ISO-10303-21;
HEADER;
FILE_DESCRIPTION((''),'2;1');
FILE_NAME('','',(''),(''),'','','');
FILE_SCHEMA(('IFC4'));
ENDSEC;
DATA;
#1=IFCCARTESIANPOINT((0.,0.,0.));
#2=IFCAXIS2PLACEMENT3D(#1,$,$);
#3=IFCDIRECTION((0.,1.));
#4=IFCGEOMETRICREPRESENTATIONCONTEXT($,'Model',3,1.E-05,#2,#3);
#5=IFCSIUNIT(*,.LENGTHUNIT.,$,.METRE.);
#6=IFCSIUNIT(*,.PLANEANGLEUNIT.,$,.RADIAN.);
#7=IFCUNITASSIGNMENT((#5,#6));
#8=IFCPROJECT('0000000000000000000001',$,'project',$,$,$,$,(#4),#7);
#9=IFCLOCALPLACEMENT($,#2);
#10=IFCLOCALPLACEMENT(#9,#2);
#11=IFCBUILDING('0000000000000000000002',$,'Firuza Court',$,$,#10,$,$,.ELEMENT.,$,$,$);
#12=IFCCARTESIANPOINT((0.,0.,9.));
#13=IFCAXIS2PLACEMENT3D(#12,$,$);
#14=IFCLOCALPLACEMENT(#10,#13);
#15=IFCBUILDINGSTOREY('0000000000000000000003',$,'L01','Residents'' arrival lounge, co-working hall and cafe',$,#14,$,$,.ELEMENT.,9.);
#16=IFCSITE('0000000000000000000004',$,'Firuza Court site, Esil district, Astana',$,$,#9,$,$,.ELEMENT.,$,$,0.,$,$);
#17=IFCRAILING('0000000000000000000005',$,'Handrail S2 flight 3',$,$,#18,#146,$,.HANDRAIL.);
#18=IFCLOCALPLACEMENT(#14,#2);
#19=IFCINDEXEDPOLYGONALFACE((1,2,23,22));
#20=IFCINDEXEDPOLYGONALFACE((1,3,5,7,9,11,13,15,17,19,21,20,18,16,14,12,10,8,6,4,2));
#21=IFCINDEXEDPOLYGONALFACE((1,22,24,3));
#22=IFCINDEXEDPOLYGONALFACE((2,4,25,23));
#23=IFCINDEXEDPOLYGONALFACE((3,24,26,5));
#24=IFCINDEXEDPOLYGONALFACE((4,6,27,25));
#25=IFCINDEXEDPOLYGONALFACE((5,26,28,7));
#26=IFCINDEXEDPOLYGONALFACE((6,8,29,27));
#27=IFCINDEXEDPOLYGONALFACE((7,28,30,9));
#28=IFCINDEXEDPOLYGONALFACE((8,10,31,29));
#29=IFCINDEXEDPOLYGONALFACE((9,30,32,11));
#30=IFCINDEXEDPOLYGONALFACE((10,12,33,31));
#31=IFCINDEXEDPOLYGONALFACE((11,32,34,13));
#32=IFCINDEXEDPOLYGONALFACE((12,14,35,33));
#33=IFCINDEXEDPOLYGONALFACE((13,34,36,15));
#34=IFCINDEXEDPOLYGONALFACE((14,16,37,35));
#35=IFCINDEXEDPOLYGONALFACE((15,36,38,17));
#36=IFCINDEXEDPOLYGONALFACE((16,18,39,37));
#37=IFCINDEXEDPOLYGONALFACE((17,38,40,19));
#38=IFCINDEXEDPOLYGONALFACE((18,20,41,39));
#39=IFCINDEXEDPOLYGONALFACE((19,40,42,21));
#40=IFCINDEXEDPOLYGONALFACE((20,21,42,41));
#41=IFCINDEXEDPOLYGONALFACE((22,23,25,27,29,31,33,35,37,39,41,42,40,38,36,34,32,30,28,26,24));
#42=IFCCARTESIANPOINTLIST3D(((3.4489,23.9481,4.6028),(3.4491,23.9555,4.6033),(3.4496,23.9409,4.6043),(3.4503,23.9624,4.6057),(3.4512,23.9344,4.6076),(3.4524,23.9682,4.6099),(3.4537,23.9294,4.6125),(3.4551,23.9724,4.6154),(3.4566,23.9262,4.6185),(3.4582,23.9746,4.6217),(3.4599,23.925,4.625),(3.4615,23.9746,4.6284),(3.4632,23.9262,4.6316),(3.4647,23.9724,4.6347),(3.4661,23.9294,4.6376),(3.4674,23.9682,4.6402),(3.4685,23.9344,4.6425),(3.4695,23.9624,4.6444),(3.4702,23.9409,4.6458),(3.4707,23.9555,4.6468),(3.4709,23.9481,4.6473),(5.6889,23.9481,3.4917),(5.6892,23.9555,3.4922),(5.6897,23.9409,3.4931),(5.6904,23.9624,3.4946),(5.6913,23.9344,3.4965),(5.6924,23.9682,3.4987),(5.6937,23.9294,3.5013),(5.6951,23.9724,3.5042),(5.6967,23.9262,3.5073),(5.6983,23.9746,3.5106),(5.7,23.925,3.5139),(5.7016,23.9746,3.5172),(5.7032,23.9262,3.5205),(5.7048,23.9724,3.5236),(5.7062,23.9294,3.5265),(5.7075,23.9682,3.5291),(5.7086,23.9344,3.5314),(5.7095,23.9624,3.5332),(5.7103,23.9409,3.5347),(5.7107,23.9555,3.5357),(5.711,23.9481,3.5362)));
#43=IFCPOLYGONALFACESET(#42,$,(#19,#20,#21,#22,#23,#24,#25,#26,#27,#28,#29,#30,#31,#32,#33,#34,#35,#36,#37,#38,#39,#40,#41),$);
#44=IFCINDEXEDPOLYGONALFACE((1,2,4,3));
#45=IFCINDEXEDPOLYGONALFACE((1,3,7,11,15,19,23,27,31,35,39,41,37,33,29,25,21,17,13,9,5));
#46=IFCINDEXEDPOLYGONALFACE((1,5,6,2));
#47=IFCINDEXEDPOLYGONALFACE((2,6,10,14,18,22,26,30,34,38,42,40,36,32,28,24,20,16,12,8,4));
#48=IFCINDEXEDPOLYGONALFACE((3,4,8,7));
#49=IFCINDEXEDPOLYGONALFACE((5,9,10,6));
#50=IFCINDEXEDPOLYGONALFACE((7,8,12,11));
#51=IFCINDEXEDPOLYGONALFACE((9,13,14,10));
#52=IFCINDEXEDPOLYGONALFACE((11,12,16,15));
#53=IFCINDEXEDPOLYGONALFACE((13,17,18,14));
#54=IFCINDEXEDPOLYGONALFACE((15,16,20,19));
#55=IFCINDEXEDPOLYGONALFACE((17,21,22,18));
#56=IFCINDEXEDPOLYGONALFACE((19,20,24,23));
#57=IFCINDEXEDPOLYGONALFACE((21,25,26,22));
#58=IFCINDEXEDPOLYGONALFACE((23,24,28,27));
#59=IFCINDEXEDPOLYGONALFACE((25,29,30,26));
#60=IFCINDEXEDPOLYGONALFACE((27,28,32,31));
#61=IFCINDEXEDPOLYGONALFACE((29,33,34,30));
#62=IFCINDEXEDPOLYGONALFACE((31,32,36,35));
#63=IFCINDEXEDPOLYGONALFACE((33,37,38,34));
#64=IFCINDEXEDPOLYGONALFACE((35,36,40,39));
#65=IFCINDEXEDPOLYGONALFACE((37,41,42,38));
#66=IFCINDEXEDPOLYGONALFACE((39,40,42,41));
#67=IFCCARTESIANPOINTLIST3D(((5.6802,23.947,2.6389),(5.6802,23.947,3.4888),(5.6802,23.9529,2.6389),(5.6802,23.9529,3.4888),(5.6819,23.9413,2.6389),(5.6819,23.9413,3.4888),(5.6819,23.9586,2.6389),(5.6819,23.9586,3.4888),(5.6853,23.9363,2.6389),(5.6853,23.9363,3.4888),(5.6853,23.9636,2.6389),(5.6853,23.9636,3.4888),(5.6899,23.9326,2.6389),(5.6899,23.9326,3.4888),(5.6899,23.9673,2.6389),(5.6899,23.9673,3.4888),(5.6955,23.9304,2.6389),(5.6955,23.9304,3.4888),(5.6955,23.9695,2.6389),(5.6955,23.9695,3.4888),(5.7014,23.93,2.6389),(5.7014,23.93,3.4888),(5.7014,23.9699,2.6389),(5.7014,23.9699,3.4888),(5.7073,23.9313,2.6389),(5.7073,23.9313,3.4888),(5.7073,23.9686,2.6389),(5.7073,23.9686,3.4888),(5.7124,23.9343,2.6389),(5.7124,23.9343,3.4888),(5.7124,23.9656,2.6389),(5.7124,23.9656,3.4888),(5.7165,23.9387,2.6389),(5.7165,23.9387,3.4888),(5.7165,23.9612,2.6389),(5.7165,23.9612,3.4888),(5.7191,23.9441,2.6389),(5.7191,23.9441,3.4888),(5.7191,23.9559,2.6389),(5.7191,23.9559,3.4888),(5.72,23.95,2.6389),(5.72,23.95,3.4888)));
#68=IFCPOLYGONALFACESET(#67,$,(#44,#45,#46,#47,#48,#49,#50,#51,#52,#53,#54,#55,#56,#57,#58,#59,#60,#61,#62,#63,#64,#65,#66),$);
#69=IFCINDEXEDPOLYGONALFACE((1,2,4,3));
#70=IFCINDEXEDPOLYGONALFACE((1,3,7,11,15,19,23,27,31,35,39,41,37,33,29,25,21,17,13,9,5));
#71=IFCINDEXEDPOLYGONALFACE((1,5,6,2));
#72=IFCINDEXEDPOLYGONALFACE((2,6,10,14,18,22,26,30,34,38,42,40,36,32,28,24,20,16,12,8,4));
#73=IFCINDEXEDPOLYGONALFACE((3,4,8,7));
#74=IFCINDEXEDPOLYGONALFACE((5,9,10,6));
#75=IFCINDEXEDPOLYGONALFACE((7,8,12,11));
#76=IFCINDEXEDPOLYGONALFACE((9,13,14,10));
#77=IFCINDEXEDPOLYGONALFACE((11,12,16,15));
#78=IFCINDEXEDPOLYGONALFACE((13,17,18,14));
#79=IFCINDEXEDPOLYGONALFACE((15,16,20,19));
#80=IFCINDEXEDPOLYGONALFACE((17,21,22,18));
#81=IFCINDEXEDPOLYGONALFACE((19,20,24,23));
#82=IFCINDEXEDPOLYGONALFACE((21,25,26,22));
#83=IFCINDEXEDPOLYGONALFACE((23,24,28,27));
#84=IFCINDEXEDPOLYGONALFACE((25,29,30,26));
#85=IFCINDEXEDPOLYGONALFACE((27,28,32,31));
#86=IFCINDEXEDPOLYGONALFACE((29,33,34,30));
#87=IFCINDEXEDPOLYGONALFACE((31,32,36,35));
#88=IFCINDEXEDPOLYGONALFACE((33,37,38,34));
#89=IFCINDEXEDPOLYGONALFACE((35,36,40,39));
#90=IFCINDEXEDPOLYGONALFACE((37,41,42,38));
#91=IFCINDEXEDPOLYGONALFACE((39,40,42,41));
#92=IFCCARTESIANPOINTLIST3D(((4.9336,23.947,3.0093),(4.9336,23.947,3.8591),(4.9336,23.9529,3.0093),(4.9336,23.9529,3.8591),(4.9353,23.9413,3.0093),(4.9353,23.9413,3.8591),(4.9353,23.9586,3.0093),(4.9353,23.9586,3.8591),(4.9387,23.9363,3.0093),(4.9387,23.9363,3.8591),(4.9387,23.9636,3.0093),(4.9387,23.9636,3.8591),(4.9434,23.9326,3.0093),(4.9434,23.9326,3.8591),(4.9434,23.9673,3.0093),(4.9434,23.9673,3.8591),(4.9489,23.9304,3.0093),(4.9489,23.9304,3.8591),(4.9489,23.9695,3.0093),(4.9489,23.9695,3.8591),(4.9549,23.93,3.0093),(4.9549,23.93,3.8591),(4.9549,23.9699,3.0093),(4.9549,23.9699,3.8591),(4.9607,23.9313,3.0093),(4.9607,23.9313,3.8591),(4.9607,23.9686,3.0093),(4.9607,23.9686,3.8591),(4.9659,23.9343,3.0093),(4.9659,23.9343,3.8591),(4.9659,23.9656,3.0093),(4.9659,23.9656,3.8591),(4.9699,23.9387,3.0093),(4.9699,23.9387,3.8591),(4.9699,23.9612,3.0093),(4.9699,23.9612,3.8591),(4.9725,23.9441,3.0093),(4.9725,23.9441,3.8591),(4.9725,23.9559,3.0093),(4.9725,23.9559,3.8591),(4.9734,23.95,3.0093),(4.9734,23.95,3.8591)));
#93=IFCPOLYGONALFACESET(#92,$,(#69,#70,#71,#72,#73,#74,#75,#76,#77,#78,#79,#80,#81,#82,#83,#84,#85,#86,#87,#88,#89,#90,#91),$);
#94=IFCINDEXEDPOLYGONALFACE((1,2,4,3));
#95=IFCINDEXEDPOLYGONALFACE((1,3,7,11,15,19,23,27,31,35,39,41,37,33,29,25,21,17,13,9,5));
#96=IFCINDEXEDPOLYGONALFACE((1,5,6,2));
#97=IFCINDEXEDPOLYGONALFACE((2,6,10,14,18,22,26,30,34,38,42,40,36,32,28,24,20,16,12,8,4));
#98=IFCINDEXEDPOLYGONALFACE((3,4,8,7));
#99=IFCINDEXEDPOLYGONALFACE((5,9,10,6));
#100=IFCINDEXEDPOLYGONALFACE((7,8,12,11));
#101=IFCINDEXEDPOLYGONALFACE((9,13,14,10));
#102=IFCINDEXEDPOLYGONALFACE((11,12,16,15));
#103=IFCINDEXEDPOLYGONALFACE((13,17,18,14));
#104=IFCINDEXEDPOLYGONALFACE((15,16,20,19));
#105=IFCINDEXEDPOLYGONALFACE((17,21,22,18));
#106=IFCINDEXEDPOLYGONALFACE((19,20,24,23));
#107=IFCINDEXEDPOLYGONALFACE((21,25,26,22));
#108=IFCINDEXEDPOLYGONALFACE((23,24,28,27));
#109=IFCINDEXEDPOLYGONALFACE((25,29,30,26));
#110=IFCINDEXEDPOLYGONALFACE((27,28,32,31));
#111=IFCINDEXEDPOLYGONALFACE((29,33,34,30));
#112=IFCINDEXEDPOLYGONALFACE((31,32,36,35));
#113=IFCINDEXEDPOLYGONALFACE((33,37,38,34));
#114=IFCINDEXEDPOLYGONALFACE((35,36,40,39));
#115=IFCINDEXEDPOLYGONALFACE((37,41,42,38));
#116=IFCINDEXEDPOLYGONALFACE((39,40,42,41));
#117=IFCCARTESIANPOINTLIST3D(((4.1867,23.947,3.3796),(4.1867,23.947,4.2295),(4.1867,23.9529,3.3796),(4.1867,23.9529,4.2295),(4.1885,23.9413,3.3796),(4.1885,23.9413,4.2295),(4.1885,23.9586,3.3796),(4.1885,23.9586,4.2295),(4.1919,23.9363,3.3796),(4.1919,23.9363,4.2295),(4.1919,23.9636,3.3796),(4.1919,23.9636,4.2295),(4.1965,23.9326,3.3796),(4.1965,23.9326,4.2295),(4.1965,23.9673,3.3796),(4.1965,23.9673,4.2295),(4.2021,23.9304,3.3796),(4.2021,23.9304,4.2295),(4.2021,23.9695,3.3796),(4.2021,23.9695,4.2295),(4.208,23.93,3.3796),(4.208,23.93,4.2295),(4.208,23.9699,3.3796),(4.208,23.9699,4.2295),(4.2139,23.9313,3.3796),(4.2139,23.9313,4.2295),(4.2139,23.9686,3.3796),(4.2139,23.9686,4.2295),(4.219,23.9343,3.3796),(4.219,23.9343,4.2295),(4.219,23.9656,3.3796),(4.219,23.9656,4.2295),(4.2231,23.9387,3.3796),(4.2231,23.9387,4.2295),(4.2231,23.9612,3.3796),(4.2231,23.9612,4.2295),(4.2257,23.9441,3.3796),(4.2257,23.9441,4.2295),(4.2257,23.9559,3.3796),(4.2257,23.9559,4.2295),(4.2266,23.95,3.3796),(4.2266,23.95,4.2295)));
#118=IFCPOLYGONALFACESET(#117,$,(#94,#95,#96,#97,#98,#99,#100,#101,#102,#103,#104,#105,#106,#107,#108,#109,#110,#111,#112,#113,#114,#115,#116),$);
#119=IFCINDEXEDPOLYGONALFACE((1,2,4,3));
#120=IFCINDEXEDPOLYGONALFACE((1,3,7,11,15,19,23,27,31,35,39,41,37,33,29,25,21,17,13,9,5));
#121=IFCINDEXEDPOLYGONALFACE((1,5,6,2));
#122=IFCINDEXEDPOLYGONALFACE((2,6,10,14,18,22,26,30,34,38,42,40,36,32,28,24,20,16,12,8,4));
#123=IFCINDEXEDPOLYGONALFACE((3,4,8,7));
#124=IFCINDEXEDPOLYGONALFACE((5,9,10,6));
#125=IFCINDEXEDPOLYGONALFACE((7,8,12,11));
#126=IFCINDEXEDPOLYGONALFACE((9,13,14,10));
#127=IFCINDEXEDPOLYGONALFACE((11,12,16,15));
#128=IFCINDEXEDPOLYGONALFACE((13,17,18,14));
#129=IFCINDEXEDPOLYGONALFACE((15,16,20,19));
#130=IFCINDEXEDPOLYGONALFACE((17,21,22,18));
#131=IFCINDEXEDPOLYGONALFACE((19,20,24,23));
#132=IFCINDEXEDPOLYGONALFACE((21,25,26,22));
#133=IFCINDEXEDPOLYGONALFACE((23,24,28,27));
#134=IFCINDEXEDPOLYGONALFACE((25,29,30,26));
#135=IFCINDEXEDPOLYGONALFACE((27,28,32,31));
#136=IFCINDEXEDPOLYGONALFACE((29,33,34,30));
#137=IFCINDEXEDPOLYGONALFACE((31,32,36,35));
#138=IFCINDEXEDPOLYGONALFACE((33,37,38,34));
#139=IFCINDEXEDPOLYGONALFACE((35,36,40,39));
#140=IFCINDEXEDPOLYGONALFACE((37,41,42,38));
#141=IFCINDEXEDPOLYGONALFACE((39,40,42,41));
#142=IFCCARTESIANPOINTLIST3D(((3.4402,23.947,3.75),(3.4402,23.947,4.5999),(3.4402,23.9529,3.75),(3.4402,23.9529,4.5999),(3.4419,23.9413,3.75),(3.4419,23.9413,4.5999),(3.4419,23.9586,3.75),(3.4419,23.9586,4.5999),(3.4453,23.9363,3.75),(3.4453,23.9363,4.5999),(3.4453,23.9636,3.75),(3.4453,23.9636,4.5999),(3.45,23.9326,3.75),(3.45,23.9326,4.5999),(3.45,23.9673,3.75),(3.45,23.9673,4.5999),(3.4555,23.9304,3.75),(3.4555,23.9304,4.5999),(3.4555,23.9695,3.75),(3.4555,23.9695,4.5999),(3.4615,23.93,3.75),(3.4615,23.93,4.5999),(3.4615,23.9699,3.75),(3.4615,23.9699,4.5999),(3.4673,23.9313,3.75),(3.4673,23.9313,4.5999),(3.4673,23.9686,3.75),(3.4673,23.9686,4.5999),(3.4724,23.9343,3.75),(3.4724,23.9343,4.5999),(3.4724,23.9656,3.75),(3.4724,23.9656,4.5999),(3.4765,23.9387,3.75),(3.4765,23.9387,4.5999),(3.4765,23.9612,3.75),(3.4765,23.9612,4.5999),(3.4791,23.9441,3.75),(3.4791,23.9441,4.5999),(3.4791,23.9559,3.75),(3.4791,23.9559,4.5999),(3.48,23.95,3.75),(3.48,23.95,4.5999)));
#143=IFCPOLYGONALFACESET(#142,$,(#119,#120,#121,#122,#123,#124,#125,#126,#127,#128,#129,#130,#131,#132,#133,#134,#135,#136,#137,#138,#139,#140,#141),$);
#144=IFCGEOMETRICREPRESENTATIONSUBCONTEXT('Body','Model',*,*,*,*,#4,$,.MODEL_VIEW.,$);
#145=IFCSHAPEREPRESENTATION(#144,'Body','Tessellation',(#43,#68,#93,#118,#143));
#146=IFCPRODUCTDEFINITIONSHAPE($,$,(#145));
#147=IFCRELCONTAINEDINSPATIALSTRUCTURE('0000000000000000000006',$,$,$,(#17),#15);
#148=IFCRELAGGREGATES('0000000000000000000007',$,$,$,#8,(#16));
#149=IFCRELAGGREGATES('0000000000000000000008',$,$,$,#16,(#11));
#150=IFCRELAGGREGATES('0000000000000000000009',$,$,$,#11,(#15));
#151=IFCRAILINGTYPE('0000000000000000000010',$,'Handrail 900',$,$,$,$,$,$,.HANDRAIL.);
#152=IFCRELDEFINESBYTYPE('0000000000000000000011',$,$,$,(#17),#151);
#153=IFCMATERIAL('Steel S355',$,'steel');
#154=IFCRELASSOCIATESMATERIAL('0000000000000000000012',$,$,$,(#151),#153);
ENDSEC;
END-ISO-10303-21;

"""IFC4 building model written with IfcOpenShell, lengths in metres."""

from ifc_helpers import new_model, si_unit, direction, frame, origin, origin_2d, place, context, subcontext, project, spatial, circle, extrude, material, type_object, element, save


model = new_model("IFC4")

# Units and contexts
model_context = context("Model", 3, precision=1e-05, world=origin(), true_north=direction((0.0, 1.0)))
body_context = subcontext(model_context, "Body", "Model", "MODEL_VIEW")
ifc_project = project(units=[si_unit("LENGTHUNIT", "METRE"), si_unit("PLANEANGLEUNIT", "RADIAN")], contexts=[model_context])

# Site, building, storey
site_placement = place(None, origin())
site = spatial("IfcSite", under=ifc_project, at=site_placement, Name="Firuza Court site, Esil district, Astana", CompositionType="ELEMENT", RefElevation=0.0)
building_placement = place(site_placement, origin())
building = spatial("IfcBuilding", under=site, at=building_placement, Name="Firuza Court", CompositionType="ELEMENT")
storey_placement = place(building_placement, frame((0.0, 0.0, 9.0)))
storey = spatial("IfcBuildingStorey", under=building, at=storey_placement, Name="L01", Description="Residents' arrival lounge, co-working hall and cafe", CompositionType="ELEMENT", Elevation=9.0)

# Railing
ifc_material_1 = material(Name="Steel S355", Category="steel")
railing_type_1 = type_object("IfcRailingType", Name="Handrail 900", PredefinedType="HANDRAIL", material=ifc_material_1)
for number, where, name in (
    (1, (5.7, 23.95, 2.6389), "Handrail S2 flight 3"),
):
    element("IfcRailing", number, at=place(storey_placement, frame(where)), inside=storey, type_object=railing_type_1, Name=name, PredefinedType="HANDRAIL", context=body_context, shape_type="SweptSolid", body=[
        extrude(circle(Radius=0.0249, at=origin_2d()), frame((0.0, 0.0, 0.875), z_axis=(-0.895848, 0.0, 0.44436), x_axis=(0.0, -1.0, 0.0)), (0.0, 0.0, 1.0), 2.5005),
        extrude(circle(Radius=0.02, at=origin_2d()), origin(), (0.0, 0.0, 1.0), 0.8499),
        extrude(circle(Radius=0.02, at=origin_2d()), frame((-0.7466, 0.0, 0.3704)), (0.0, 0.0, 1.0), 0.8499),
        extrude(circle(Radius=0.02, at=origin_2d()), frame((-1.4934, 0.0, 0.7407)), (0.0, 0.0, 1.0), 0.8499),
        extrude(circle(Radius=0.02, at=origin_2d()), frame((-2.24, 0.0, 1.1111)), (0.0, 0.0, 1.0), 0.8499),
    ])

save(model, "model.ifc")
